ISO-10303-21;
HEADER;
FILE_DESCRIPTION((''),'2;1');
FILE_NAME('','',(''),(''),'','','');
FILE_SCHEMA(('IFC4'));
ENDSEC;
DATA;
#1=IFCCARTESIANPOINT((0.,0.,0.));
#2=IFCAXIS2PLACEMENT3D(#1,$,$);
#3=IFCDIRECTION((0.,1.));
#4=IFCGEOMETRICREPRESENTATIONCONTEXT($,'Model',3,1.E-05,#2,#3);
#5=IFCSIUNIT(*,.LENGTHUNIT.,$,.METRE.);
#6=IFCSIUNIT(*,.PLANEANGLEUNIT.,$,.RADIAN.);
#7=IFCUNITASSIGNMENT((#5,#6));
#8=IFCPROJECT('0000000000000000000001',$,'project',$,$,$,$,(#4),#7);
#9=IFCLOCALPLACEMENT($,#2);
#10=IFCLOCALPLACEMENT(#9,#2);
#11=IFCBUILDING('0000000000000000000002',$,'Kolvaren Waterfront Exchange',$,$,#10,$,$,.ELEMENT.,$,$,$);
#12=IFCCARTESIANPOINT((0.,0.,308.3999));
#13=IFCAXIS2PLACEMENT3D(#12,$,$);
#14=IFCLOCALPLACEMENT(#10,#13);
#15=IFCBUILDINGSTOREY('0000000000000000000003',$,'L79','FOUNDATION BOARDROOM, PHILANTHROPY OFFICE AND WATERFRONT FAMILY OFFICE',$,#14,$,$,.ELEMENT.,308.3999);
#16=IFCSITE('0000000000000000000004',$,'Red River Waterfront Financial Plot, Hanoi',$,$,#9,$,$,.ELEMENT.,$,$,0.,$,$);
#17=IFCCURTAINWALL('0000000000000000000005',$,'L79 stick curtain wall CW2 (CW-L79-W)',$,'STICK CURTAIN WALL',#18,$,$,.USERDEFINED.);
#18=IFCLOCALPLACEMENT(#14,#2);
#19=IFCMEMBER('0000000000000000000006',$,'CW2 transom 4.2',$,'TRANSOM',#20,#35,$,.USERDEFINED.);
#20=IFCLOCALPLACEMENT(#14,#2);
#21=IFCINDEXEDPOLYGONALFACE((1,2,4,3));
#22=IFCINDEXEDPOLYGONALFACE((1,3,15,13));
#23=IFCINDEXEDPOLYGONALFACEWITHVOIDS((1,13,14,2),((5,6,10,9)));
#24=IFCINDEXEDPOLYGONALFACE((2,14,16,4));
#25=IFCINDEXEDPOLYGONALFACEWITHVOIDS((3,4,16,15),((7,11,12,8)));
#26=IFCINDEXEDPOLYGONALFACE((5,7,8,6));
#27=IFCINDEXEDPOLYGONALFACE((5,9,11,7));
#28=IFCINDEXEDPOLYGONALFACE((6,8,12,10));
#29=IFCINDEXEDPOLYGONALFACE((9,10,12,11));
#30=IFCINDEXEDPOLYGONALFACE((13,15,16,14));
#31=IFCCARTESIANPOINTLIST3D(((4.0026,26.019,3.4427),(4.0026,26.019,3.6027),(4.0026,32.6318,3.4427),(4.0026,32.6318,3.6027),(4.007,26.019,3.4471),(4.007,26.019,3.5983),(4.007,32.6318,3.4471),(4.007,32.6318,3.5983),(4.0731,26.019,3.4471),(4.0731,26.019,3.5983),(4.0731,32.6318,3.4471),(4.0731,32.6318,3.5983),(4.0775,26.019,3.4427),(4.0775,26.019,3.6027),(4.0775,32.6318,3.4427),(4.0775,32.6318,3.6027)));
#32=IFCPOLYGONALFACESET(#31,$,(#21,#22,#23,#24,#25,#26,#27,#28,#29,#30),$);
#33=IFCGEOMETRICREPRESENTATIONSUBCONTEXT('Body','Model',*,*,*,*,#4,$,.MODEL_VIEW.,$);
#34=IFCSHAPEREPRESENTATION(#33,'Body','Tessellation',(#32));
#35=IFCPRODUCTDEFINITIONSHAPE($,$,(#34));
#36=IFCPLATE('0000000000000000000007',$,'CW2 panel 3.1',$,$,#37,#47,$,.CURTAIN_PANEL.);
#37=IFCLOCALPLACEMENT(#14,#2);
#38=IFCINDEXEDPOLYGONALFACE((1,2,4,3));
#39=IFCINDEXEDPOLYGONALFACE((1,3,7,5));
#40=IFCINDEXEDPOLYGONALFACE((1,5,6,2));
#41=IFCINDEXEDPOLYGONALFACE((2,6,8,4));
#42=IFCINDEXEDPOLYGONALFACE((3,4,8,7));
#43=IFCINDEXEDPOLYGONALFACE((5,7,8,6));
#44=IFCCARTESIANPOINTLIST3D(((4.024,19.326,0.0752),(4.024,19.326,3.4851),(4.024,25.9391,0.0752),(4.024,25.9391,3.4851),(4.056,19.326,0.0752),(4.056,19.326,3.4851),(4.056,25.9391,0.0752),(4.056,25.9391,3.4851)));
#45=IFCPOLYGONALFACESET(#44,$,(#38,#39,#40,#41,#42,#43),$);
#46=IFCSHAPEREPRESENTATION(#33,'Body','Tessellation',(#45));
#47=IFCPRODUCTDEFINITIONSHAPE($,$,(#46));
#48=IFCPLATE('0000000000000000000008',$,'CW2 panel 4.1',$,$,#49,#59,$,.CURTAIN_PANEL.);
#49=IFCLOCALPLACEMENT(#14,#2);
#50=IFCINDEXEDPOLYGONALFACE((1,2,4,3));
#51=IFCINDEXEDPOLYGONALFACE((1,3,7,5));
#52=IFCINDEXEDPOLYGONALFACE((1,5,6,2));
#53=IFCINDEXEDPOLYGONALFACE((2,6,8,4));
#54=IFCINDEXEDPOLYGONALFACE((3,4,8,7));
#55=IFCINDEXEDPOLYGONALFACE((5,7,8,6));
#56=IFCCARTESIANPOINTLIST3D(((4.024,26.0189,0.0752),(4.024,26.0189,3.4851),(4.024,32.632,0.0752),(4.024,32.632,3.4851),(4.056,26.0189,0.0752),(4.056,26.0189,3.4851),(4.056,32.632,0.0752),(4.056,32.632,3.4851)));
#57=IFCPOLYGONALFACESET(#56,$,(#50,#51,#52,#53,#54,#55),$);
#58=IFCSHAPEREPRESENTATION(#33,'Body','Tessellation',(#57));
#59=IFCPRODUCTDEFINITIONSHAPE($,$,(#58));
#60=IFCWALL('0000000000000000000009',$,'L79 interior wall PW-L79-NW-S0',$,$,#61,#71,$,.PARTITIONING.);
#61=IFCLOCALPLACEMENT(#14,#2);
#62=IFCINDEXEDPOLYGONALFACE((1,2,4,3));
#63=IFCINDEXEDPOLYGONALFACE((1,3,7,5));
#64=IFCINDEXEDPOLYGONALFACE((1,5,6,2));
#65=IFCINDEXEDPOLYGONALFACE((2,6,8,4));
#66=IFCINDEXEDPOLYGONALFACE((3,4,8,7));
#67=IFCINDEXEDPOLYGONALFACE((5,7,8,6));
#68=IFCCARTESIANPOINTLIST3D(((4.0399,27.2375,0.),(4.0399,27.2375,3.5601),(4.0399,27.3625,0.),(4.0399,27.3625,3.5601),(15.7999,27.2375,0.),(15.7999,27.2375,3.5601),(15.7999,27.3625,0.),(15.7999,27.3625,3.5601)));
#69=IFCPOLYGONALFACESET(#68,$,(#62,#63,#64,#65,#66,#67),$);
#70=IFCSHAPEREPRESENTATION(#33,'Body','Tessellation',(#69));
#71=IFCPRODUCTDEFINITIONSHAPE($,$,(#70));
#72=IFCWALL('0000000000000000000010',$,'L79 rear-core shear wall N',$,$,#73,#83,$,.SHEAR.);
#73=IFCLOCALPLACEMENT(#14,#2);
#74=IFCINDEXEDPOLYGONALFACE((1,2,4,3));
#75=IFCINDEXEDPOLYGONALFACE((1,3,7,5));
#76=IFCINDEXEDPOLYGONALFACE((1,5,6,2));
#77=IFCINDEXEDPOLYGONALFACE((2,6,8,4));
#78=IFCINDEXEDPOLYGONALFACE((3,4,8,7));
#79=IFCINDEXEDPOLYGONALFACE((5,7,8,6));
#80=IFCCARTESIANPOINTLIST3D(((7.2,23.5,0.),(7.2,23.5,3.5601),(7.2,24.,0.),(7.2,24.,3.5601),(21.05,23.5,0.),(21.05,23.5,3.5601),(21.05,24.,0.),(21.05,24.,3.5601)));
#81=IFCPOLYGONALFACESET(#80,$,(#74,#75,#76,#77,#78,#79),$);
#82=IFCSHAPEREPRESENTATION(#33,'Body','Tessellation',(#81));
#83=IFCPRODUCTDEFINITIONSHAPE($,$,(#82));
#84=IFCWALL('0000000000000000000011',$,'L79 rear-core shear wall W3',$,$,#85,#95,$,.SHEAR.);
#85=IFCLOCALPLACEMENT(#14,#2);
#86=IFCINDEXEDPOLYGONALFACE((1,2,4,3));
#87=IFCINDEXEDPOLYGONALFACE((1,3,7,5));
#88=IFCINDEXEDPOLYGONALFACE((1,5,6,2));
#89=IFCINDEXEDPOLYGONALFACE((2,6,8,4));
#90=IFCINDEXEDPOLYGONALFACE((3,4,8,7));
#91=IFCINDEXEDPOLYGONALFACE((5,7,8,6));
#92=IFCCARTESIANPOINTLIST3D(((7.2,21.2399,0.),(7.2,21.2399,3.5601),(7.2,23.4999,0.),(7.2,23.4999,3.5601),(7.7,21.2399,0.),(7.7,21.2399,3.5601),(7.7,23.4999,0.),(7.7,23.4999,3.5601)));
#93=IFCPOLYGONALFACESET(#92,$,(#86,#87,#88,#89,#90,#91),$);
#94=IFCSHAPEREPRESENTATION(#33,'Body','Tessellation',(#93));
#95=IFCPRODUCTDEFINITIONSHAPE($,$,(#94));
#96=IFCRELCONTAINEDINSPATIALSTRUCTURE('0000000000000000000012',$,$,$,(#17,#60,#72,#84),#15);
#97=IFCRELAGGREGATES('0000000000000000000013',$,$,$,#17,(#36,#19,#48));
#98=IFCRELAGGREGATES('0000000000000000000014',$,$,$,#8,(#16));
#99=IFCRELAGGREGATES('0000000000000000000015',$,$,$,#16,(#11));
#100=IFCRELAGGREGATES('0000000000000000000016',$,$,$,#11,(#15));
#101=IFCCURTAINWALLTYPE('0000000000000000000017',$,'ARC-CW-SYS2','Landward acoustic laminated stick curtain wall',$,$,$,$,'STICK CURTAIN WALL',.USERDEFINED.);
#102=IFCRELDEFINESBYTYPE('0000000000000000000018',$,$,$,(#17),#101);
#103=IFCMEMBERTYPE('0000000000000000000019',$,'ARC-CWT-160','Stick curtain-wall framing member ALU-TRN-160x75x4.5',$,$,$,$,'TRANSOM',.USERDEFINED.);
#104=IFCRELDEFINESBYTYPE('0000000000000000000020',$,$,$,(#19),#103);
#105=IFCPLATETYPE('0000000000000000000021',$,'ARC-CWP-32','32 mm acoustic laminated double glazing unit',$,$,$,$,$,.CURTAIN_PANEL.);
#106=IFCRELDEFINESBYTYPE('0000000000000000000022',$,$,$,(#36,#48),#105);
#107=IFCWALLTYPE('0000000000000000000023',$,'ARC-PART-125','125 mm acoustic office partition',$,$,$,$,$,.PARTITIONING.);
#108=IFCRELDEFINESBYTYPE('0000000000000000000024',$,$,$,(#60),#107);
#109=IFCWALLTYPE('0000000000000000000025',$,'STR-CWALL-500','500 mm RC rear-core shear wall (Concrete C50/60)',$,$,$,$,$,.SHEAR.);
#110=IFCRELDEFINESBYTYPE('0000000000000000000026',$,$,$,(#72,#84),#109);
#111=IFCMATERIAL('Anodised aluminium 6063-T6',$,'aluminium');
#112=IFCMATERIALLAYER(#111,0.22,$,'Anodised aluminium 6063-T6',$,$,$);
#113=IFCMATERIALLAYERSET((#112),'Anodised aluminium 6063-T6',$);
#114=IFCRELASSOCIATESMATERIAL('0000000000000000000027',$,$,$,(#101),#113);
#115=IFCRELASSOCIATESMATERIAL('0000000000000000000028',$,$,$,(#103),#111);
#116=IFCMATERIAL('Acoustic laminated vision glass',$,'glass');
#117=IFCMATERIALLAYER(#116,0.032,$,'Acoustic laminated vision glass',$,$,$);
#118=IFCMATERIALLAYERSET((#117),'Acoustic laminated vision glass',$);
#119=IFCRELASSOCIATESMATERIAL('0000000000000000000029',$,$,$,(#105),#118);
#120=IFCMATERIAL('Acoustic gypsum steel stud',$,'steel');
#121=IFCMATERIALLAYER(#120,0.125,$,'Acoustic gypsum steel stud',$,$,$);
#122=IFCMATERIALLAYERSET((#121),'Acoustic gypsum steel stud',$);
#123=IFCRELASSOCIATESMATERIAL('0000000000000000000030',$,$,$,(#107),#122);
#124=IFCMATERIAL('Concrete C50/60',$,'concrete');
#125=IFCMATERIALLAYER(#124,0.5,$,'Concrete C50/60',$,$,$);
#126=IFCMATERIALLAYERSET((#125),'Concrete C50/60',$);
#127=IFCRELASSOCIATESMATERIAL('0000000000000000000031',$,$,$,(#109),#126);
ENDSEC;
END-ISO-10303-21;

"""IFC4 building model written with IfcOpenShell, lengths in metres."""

from ifc_helpers import new_model, si_unit, direction, frame, frame_2d, origin, origin_with_axes, origin_2d, place, context, subcontext, project, spatial, rectangle, hollow_rectangle, extrude, source, transform, mapped, material, layer, layer_set, material_profile, profile_set, type_object, element, aggregate, save


model = new_model("IFC4")

# Units and contexts
model_context = context("Model", 3, precision=1e-05, world=origin(), true_north=direction((0.0, 1.0)))
body_context = subcontext(model_context, "Body", "Model", "MODEL_VIEW")
ifc_project = project(units=[si_unit("LENGTHUNIT", "METRE"), si_unit("PLANEANGLEUNIT", "RADIAN")], contexts=[model_context])

# Site, building, storey
site_placement = place(None, origin())
site = spatial("IfcSite", under=ifc_project, at=site_placement, Name="Red River Waterfront Financial Plot, Hanoi", CompositionType="ELEMENT", RefElevation=0.0)
building_placement = place(site_placement, origin())
building = spatial("IfcBuilding", under=site, at=building_placement, Name="Kolvaren Waterfront Exchange", CompositionType="ELEMENT")
storey_placement = place(building_placement, frame((0.0, 0.0, 308.3999)))
storey = spatial("IfcBuildingStorey", under=building, at=storey_placement, Name="L79", Description="FOUNDATION BOARDROOM, PHILANTHROPY OFFICE AND WATERFRONT FAMILY OFFICE", CompositionType="ELEMENT", Elevation=308.3999)

# Shared definitions
ifc_material_1 = material(Name="Concrete C50/60", Category="concrete")

# Curtain wall, member, plates
ifc_material_2 = material(Name="Anodised aluminium 6063-T6", Category="aluminium")
ifc_layer_1 = layer(ifc_material_2, 0.22, Name="Anodised aluminium 6063-T6")
ifc_layer_set_1 = layer_set([ifc_layer_1], Name="Anodised aluminium 6063-T6")
curtain_wall_type = type_object("IfcCurtainWallType", Name="ARC-CW-SYS2", Description="Landward acoustic laminated stick curtain wall", ElementType="STICK CURTAIN WALL", PredefinedType="USERDEFINED", material=ifc_layer_set_1)
curtain_wall_placement = place(storey_placement, origin())
curtain_wall = element("IfcCurtainWall", 1, at=curtain_wall_placement, inside=storey, type_object=curtain_wall_type, Name="L79 stick curtain wall CW2 (CW-L79-W)", ObjectType="STICK CURTAIN WALL", PredefinedType="USERDEFINED")
ifc_material_profile_1 = material_profile(ifc_material_2, hollow_rectangle(XDim=0.075, YDim=0.1599, WallThickness=0.0044, at=origin_2d()), Name="ALU-TRN-160x75x4.5")
ifc_profile_set_1 = profile_set([ifc_material_profile_1], Name="Anodised aluminium 6063-T6")
member_type_1 = type_object("IfcMemberType", Name="ARC-CWT-160", Description="Stick curtain-wall framing member ALU-TRN-160x75x4.5", ElementType="TRANSOM", PredefinedType="USERDEFINED", material=ifc_profile_set_1)
shared_shape_1 = source(origin_with_axes(), body_context, "Body", "SweptSolid", [
    extrude(hollow_rectangle(XDim=0.075, YDim=0.1599, WallThickness=0.0044, at=origin_2d()), origin(), (0.0, 0.0, 1.0), 6.6128),
])
member_1_placement = place(storey_placement, frame((4.04, 26.019, 3.5227), z_axis=(0.0, 1.0, 0.0), x_axis=(-1.0, 0.0, 0.0)))
member_1 = element("IfcMember", 2, at=member_1_placement, type_object=member_type_1, Name="CW2 transom 4.2", ObjectType="TRANSOM", PredefinedType="USERDEFINED", context=body_context, shape_type="MappedRepresentation", body=[
    mapped(shared_shape_1, transform((0.0, 0.0, 0.0), x_axis=(1.0, 0.0, 0.0), y_axis=(0.0, 1.0, 0.0), z_axis=(0.0, 0.0, 1.0), scale=1.0)),
])
ifc_material_3 = material(Name="Acoustic laminated vision glass", Category="glass")
ifc_layer_2 = layer(ifc_material_3, 0.032, Name="Acoustic laminated vision glass")
ifc_layer_set_2 = layer_set([ifc_layer_2], Name="Acoustic laminated vision glass")
plate_type = type_object("IfcPlateType", Name="ARC-CWP-32", Description="32 mm acoustic laminated double glazing unit", PredefinedType="CURTAIN_PANEL", material=ifc_layer_set_2)
shared_shape_2 = source(origin_with_axes(), body_context, "Body", "SweptSolid", [
    extrude(rectangle(XDim=6.613, YDim=0.032, at=origin_2d()), origin(), (0.0, 0.0, 1.0), 3.4099),
])
plate_1_placement = place(storey_placement, frame((4.04, 22.6326, 0.0752), z_axis=(0.0, 0.0, 1.0), x_axis=(0.0, 1.0, 0.0)))
plate_1 = element("IfcPlate", 3, at=plate_1_placement, type_object=plate_type, Name="CW2 panel 3.1", PredefinedType="CURTAIN_PANEL", context=body_context, shape_type="MappedRepresentation", body=[
    mapped(shared_shape_2, transform((0.0, 0.0, 0.0), x_axis=(1.0, 0.0, 0.0), y_axis=(0.0, 1.0, 0.0), z_axis=(0.0, 0.0, 1.0), scale=1.0)),
])
plate_2_placement = place(storey_placement, frame((4.04, 29.3254, 0.0752), z_axis=(0.0, 0.0, 1.0), x_axis=(0.0, 1.0, 0.0)))
plate_2 = element("IfcPlate", 4, at=plate_2_placement, type_object=plate_type, Name="CW2 panel 4.1", PredefinedType="CURTAIN_PANEL", context=body_context, shape_type="MappedRepresentation", body=[
    mapped(shared_shape_2, transform((0.0, 0.0, 0.0), x_axis=(1.0, 0.0, 0.0), y_axis=(0.0, 1.0, 0.0), z_axis=(0.0, 0.0, 1.0), scale=1.0)),
])
aggregate(curtain_wall, [plate_1, member_1, plate_2])

# Wall
ifc_material_4 = material(Name="Acoustic gypsum steel stud", Category="steel")
ifc_layer_3 = layer(ifc_material_4, 0.125, Name="Acoustic gypsum steel stud")
ifc_layer_set_3 = layer_set([ifc_layer_3], Name="Acoustic gypsum steel stud")
wall_type_1 = type_object("IfcWallType", Name="ARC-PART-125", Description="125 mm acoustic office partition", PredefinedType="PARTITIONING", material=ifc_layer_set_3)
wall_1_placement = place(storey_placement, frame((4.04, 27.3, 0.0), z_axis=(0.0, 0.0, 1.0), x_axis=(1.0, 0.0, 0.0)))
element("IfcWall", 5, at=wall_1_placement, inside=storey, type_object=wall_type_1, Name="L79 interior wall PW-L79-NW-S0", PredefinedType="PARTITIONING", context=body_context, shape_type="SweptSolid", body=[
    extrude(rectangle(XDim=11.76, YDim=0.125, at=frame_2d((5.8799, 0.0))), origin(), (0.0, 0.0, 1.0), 3.5601),
])

# Walls
ifc_layer_4 = layer(ifc_material_1, 0.5, Name="Concrete C50/60")
ifc_layer_set_4 = layer_set([ifc_layer_4], Name="Concrete C50/60")
wall_type_2 = type_object("IfcWallType", Name="STR-CWALL-500", Description="500 mm RC rear-core shear wall (Concrete C50/60)", PredefinedType="SHEAR", material=ifc_layer_set_4)
wall_2_placement = place(storey_placement, frame((7.2, 23.75, 0.0), z_axis=(0.0, 0.0, 1.0), x_axis=(1.0, 0.0, 0.0)))
element("IfcWall", 6, at=wall_2_placement, inside=storey, type_object=wall_type_2, Name="L79 rear-core shear wall N", PredefinedType="SHEAR", context=body_context, shape_type="SweptSolid", body=[
    extrude(rectangle(XDim=13.8501, YDim=0.5, at=frame_2d((6.925, 0.0))), origin(), (0.0, 0.0, 1.0), 3.5601),
])
wall_3_placement = place(storey_placement, frame((7.45, 21.24, 0.0), z_axis=(0.0, 0.0, 1.0), x_axis=(0.0, 1.0, 0.0)))
element("IfcWall", 7, at=wall_3_placement, inside=storey, type_object=wall_type_2, Name="L79 rear-core shear wall W3", PredefinedType="SHEAR", context=body_context, shape_type="SweptSolid", body=[
    extrude(rectangle(XDim=2.26, YDim=0.5, at=frame_2d((1.1299, 0.0))), origin(), (0.0, 0.0, 1.0), 3.5601),
])

save(model, "model.ifc")
